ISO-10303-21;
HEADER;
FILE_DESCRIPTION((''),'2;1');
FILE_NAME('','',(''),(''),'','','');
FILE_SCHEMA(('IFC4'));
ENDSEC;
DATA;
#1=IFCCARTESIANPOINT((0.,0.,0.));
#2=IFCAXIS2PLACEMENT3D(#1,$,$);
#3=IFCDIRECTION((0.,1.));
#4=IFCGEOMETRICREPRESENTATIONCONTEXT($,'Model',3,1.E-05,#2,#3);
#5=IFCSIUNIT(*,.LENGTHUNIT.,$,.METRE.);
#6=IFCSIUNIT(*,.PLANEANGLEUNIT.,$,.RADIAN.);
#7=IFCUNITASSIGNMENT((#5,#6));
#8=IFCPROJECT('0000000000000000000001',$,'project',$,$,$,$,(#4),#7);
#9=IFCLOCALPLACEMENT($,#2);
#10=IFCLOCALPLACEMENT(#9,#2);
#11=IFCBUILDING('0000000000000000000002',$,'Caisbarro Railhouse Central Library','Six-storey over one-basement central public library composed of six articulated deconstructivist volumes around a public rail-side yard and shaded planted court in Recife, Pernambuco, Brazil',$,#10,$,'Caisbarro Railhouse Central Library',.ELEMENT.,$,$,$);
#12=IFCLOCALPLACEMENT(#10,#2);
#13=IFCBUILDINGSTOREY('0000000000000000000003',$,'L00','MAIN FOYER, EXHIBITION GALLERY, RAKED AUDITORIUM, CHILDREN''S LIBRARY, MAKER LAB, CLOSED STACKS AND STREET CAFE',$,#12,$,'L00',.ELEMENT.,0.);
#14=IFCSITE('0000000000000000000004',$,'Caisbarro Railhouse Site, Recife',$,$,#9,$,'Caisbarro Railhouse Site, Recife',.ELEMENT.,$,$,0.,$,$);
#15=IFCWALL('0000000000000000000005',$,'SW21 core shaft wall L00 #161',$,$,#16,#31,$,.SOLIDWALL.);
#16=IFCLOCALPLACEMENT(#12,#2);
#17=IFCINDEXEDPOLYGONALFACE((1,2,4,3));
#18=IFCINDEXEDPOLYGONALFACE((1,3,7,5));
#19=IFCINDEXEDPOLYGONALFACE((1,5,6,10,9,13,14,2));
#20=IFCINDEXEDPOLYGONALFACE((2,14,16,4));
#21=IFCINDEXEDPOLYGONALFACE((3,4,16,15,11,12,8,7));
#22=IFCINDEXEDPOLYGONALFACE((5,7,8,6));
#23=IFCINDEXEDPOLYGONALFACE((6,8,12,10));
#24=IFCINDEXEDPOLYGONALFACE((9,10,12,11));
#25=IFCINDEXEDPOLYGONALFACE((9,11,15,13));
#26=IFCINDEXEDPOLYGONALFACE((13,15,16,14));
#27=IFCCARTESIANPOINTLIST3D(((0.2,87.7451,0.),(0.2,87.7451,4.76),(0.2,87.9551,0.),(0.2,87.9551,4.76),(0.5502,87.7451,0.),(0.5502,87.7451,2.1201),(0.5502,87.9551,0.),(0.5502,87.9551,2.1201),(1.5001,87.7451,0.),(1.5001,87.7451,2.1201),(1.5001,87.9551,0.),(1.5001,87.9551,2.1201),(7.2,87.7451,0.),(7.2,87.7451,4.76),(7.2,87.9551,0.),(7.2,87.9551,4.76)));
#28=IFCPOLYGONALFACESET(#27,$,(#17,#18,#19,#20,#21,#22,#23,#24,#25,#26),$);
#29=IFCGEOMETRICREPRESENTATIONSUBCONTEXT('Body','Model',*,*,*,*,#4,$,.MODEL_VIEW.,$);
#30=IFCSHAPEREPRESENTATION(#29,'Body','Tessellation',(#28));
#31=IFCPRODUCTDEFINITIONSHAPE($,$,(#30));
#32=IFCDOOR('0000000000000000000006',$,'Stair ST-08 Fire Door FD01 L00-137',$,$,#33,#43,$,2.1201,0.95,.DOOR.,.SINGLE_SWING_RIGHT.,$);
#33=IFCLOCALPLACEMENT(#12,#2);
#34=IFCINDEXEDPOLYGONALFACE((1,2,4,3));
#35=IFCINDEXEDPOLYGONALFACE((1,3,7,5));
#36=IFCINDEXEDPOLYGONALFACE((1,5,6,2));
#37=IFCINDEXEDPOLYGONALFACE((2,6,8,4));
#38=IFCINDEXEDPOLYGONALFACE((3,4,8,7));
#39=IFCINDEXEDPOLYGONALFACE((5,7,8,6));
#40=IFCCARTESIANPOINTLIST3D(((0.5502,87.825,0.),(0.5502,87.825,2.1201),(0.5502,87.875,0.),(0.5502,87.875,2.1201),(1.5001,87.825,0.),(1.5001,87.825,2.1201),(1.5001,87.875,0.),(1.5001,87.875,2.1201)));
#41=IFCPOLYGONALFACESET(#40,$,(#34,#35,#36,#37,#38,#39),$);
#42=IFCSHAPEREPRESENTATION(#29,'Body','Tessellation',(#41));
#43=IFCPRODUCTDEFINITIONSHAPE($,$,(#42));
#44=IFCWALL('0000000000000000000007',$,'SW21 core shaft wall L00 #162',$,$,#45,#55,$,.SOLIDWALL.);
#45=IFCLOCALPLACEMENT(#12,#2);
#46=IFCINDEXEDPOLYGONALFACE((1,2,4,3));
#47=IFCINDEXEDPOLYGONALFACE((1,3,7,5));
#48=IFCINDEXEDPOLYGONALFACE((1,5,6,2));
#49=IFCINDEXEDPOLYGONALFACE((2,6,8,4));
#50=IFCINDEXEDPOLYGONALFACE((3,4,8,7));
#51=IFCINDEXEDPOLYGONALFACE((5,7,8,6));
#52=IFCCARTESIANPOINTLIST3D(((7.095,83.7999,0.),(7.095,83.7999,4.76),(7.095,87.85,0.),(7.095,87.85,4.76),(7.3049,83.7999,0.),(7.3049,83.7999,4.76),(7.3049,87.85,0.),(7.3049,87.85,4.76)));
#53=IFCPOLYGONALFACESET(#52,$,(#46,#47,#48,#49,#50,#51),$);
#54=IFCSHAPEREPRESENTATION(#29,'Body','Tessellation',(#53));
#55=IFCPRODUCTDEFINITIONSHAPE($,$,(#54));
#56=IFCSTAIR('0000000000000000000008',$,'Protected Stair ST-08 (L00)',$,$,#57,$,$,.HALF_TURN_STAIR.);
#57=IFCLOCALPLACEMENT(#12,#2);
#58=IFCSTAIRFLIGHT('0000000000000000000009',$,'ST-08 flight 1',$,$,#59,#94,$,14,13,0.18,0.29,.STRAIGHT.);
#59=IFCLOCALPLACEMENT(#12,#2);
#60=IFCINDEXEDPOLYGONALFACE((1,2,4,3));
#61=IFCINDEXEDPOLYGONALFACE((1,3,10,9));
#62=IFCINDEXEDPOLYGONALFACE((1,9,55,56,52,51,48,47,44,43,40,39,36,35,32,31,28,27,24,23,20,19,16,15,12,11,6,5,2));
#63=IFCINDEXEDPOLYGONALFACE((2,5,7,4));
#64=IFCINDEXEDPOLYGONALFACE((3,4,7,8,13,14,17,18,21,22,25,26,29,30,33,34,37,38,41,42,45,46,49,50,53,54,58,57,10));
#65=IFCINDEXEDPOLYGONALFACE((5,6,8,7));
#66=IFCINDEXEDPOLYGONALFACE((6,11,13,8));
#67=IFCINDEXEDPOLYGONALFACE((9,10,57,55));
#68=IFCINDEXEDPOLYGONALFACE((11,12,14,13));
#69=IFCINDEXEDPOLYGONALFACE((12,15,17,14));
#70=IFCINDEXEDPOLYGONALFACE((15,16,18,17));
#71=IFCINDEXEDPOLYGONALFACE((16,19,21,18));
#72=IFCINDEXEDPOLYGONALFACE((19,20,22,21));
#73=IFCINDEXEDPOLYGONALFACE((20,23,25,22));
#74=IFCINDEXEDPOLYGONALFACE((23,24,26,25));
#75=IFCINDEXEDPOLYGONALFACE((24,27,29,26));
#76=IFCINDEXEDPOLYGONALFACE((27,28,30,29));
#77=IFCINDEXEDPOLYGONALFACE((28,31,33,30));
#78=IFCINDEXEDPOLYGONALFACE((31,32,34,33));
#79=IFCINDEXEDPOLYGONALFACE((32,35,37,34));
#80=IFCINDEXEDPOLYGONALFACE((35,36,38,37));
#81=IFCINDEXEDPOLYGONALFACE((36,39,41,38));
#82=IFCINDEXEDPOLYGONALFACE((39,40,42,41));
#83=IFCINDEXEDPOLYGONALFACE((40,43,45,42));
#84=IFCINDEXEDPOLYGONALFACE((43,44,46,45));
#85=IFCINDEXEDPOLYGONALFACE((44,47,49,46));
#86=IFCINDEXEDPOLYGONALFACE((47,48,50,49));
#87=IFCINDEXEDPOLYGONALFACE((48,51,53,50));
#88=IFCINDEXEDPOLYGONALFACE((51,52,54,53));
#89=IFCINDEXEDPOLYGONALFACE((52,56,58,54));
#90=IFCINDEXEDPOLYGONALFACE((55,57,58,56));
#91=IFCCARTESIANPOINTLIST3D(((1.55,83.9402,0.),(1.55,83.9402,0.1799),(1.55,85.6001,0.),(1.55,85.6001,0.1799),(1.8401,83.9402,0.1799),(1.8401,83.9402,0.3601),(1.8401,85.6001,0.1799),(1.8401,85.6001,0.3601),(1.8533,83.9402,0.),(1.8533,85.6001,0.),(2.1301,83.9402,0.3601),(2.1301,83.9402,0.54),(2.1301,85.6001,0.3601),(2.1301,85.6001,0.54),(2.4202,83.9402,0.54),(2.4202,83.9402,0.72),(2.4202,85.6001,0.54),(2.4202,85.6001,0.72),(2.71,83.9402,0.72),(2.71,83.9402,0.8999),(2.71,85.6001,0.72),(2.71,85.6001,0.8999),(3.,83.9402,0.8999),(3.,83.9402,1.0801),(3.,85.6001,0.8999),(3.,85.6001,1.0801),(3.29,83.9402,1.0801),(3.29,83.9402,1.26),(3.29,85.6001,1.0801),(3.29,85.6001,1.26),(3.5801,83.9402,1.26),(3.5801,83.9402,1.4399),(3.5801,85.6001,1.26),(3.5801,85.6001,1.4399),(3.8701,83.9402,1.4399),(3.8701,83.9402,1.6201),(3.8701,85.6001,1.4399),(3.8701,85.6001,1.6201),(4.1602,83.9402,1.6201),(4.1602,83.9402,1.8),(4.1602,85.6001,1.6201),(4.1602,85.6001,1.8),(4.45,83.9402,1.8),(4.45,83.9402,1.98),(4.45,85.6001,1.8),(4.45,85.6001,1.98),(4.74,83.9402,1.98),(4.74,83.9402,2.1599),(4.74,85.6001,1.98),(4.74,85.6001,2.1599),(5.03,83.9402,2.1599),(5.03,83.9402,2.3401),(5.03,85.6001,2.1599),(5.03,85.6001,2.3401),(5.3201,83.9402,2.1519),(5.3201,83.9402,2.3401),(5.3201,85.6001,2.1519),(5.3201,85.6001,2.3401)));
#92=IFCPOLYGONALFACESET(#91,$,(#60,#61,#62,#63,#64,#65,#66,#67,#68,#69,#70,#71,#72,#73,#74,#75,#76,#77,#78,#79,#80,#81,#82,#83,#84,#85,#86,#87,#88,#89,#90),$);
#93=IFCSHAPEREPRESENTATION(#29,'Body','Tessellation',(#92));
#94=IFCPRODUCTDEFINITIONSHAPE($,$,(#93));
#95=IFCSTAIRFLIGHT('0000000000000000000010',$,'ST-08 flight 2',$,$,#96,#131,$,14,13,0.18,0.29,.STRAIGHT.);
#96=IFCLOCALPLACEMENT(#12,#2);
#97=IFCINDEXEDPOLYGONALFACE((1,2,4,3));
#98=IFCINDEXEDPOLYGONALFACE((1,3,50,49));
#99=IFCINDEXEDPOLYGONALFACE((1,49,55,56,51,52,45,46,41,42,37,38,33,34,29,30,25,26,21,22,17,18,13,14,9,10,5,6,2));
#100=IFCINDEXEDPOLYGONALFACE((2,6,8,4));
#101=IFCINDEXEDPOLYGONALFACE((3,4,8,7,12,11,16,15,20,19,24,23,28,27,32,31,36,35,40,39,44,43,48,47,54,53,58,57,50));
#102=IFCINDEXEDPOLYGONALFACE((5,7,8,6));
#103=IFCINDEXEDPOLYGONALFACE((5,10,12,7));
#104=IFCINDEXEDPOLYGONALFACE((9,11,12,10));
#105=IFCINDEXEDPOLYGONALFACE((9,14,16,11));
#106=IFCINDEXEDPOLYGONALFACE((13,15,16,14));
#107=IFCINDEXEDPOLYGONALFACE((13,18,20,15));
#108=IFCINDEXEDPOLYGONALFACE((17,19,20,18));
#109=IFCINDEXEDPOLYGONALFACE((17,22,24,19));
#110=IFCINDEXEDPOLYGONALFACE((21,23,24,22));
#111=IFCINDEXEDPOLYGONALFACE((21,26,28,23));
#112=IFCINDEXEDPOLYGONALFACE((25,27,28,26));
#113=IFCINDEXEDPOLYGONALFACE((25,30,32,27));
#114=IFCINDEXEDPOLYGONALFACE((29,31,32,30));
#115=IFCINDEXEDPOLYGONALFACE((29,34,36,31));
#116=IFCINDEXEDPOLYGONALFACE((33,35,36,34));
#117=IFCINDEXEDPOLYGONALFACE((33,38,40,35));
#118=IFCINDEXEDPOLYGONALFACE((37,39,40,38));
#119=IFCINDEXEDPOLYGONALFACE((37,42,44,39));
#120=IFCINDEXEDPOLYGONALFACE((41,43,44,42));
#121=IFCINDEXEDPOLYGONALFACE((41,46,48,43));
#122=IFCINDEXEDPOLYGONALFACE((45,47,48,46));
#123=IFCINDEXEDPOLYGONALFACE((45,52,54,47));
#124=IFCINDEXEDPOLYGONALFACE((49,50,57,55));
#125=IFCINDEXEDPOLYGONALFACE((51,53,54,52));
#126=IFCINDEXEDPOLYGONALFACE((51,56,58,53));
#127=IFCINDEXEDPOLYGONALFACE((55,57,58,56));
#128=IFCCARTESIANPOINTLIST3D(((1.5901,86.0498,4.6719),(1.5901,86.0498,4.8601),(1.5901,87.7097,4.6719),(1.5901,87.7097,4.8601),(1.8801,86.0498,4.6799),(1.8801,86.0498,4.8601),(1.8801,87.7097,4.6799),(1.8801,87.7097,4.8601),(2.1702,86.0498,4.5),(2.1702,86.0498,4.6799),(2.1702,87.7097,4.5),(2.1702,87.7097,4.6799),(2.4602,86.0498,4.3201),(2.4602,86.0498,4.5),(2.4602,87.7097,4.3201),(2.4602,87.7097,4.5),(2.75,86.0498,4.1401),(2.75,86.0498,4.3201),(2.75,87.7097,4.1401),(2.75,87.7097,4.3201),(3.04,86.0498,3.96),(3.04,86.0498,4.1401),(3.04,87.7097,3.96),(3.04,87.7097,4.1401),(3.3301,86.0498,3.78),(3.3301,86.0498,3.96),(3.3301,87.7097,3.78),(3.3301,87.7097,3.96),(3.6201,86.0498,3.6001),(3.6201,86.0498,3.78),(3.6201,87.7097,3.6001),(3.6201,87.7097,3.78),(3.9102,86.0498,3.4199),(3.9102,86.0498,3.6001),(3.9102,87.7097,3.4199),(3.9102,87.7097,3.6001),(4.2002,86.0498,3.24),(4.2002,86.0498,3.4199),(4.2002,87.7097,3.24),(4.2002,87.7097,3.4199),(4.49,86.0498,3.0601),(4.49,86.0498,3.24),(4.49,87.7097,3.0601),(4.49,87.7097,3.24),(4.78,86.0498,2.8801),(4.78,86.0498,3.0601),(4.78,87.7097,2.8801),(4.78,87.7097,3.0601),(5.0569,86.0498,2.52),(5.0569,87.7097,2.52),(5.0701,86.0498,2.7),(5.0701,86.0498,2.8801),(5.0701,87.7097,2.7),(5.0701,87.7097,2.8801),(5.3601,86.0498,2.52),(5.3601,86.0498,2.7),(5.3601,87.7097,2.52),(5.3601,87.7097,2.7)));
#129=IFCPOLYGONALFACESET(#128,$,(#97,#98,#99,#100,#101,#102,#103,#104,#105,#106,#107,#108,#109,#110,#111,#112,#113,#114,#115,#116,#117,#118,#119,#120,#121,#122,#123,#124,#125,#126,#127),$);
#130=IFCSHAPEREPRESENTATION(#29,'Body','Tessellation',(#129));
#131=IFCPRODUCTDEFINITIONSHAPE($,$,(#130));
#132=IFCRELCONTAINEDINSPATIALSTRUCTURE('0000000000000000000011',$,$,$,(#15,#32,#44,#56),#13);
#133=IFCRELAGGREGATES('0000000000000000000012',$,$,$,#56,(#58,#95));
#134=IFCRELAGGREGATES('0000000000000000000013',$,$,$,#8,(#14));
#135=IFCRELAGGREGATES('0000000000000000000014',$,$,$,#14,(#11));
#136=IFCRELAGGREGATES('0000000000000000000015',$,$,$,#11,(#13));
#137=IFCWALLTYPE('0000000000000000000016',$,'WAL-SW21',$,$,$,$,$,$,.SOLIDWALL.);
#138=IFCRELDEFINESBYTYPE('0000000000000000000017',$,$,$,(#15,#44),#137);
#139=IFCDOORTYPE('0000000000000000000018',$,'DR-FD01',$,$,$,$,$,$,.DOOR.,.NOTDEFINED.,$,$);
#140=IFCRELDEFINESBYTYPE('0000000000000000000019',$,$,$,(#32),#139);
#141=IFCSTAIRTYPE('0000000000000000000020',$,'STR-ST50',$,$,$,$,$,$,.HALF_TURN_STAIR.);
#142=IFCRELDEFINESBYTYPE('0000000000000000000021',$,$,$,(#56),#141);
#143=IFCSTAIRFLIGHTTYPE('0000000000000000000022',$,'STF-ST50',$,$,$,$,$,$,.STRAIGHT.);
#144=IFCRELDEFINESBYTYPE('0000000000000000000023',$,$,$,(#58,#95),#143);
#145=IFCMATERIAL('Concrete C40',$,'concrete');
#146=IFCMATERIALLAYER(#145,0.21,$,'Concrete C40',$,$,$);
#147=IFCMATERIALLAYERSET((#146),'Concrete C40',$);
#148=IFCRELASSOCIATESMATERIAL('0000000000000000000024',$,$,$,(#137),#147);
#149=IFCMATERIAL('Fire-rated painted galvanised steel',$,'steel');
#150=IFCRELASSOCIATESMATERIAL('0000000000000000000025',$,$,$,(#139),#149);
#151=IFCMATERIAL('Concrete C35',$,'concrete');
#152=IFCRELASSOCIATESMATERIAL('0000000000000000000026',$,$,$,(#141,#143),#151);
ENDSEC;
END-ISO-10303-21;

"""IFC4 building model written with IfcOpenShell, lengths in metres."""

from ifc_helpers import new_model, si_unit, direction, frame, frame_2d, origin, place, context, subcontext, project, spatial, polyline, rectangle, outline, extrude, material, layer, layer_set, type_object, element, fill, aggregate, save


model = new_model("IFC4")

# Units and contexts
model_context = context("Model", 3, precision=1e-05, world=origin(), true_north=direction((0.0, 1.0)))
body_context = subcontext(model_context, "Body", "Model", "MODEL_VIEW")
ifc_project = project(units=[si_unit("LENGTHUNIT", "METRE"), si_unit("PLANEANGLEUNIT", "RADIAN")], contexts=[model_context])

# Site, building, storey
site_placement = place(None, origin())
site = spatial("IfcSite", under=ifc_project, at=site_placement, Name="Caisbarro Railhouse Site, Recife", LongName="Caisbarro Railhouse Site, Recife", CompositionType="ELEMENT", RefElevation=0.0)
building_placement = place(site_placement, origin())
building = spatial("IfcBuilding", under=site, at=building_placement, Name="Caisbarro Railhouse Central Library", Description="Six-storey over one-basement central public library composed of six articulated deconstructivist volumes around a public rail-side yard and shaded planted court in Recife, Pernambuco, Brazil", LongName="Caisbarro Railhouse Central Library", CompositionType="ELEMENT")
storey_placement = place(building_placement, origin())
storey = spatial("IfcBuildingStorey", under=building, at=storey_placement, Name="L00", Description="MAIN FOYER, EXHIBITION GALLERY, RAKED AUDITORIUM, CHILDREN'S LIBRARY, MAKER LAB, CLOSED STACKS AND STREET CAFE", LongName="L00", CompositionType="ELEMENT", Elevation=0.0)

# Shared definitions
ifc_material_1 = material(Name="Concrete C40", Category="concrete")

# Shared definitions
ifc_material_2 = material(Name="Fire-rated painted galvanised steel", Category="steel")

# Wall, opening, door
ifc_layer_1 = layer(ifc_material_1, 0.21, Name="Concrete C40")
ifc_layer_set_1 = layer_set([ifc_layer_1], Name="Concrete C40")
wall_type_1 = type_object("IfcWallType", Name="WAL-SW21", PredefinedType="SOLIDWALL", material=ifc_layer_set_1)
wall_1_placement = place(storey_placement, frame((0.2, 87.8501, 0.0), z_axis=(0.0, 0.0, 1.0), x_axis=(1.0, 0.0, 0.0)))
wall_1 = element("IfcWall", 1, at=wall_1_placement, inside=storey, type_object=wall_type_1, Name="SW21 core shaft wall L00 #161", PredefinedType="SOLIDWALL", context=body_context, shape_type="SweptSolid", body=[
    extrude(rectangle(XDim=7.0, YDim=0.21, at=frame_2d((3.5, 0.0))), origin(), (0.0, 0.0, 1.0), 4.76),
])
opening_1_placement = place(wall_1_placement, frame((0.3501, 0.0, 0.0)))
opening_1 = element("IfcOpeningElement", 2, at=opening_1_placement, cuts=wall_1, PredefinedType="OPENING", context=body_context, shape_type="SweptSolid", body=[
    extrude(rectangle(XDim=0.95, YDim=2.1201, at=frame_2d((0.4751, 1.0601))), frame((0.0, 0.115, 0.0), z_axis=(0.0, -1.0, 0.0), x_axis=(1.0, 0.0, 0.0)), (0.0, 0.0, 1.0), 0.23),
])
door_type_1 = type_object("IfcDoorType", Name="DR-FD01", OperationType="NOTDEFINED", PredefinedType="DOOR", material=ifc_material_2)
door_1_placement = place(opening_1_placement, origin())
door_1 = element("IfcDoor", 3, at=door_1_placement, inside=storey, type_object=door_type_1, Name="Stair ST-08 Fire Door FD01 L00-137", OperationType="SINGLE_SWING_RIGHT", OverallHeight=2.1201, OverallWidth=0.95, PredefinedType="DOOR", context=body_context, shape_type="SweptSolid", body=[
    extrude(rectangle(XDim=0.95, YDim=2.1201, at=frame_2d((0.4751, 1.0601))), frame((0.0, 0.0249, 0.0), z_axis=(0.0, -1.0, 0.0), x_axis=(1.0, 0.0, 0.0)), (0.0, 0.0, 1.0), 0.05),
])
fill(opening_1, door_1)

# Wall
wall_2_placement = place(storey_placement, frame((7.2, 83.8, 0.0), z_axis=(0.0, 0.0, 1.0), x_axis=(0.0, 1.0, 0.0)))
element("IfcWall", 4, at=wall_2_placement, inside=storey, type_object=wall_type_1, Name="SW21 core shaft wall L00 #162", PredefinedType="SOLIDWALL", context=body_context, shape_type="SweptSolid", body=[
    extrude(rectangle(XDim=4.05, YDim=0.21, at=frame_2d((2.0249, 0.0))), origin(), (0.0, 0.0, 1.0), 4.76),
])

# Stair, stair flights
ifc_material_3 = material(Name="Concrete C35", Category="concrete")
stair_type = type_object("IfcStairType", Name="STR-ST50", PredefinedType="HALF_TURN_STAIR", material=ifc_material_3)
stair_placement = place(storey_placement, origin())
stair = element("IfcStair", 5, at=stair_placement, inside=storey, type_object=stair_type, Name="Protected Stair ST-08 (L00)", PredefinedType="HALF_TURN_STAIR")
stair_flight_type = type_object("IfcStairFlightType", Name="STF-ST50", PredefinedType="STRAIGHT", material=ifc_material_3)
stair_flight_1_placement = place(storey_placement, frame((1.55, 84.77, 0.0), z_axis=(0.0, 0.0, 1.0), x_axis=(1.0, 0.0, 0.0)))
stair_flight_1 = element("IfcStairFlight", 6, at=stair_flight_1_placement, type_object=stair_flight_type, Name="ST-08 flight 1", NumberOfRisers=14, NumberOfTreads=13, PredefinedType="STRAIGHT", RiserHeight=0.18, TreadLength=0.29, context=body_context, shape_type="SweptSolid", body=[
    extrude(outline(polyline([(0.0, 0.0), (0.0, 0.1799), (0.29, 0.1799), (0.29, 0.3601), (0.5801, 0.3601), (0.5801, 0.54), (0.8701, 0.54), (0.8701, 0.72), (1.1599, 0.72), (1.1599, 0.8999), (1.45, 0.8999), (1.45, 1.0801), (1.74, 1.0801), (1.74, 1.26), (2.03, 1.26), (2.03, 1.4399), (2.3201, 1.4399), (2.3201, 1.6201), (2.6101, 1.6201), (2.6101, 1.8), (2.8999, 1.8), (2.8999, 1.98), (3.1899, 1.98), (3.1899, 2.1599), (3.48, 2.1599), (3.48, 2.3401), (3.77, 2.3401), (3.77, 2.52), (3.77, 2.1519), (0.3032, 0.0), (0.0, 0.0)])), frame((0.0, 0.8301, 0.0), z_axis=(0.0, -1.0, 0.0), x_axis=(1.0, 0.0, 0.0)), (0.0, 0.0, 1.0), 1.6599),
])
stair_flight_2_placement = place(storey_placement, frame((5.3601, 86.8799, 2.52), z_axis=(0.0, 0.0, 1.0), x_axis=(-1.0, 0.0, 0.0)))
stair_flight_2 = element("IfcStairFlight", 7, at=stair_flight_2_placement, type_object=stair_flight_type, Name="ST-08 flight 2", NumberOfRisers=14, NumberOfTreads=13, PredefinedType="STRAIGHT", RiserHeight=0.18, TreadLength=0.29, context=body_context, shape_type="SweptSolid", body=[
    extrude(outline(polyline([(0.0, 0.0), (0.0, 0.1799), (0.29, 0.1799), (0.29, 0.3601), (0.5801, 0.3601), (0.5801, 0.54), (0.8701, 0.54), (0.8701, 0.72), (1.1599, 0.72), (1.1599, 0.8999), (1.45, 0.8999), (1.45, 1.0801), (1.74, 1.0801), (1.74, 1.26), (2.03, 1.26), (2.03, 1.4399), (2.3201, 1.4399), (2.3201, 1.6201), (2.6101, 1.6201), (2.6101, 1.8), (2.8999, 1.8), (2.8999, 1.98), (3.1899, 1.98), (3.1899, 2.1599), (3.48, 2.1599), (3.48, 2.3401), (3.77, 2.3401), (3.77, 2.52), (3.77, 2.1519), (0.3032, 0.0), (0.0, 0.0)])), frame((0.0, 0.8301, 0.0), z_axis=(0.0, -1.0, 0.0), x_axis=(1.0, 0.0, 0.0)), (0.0, 0.0, 1.0), 1.6599),
])
aggregate(stair, [stair_flight_1, stair_flight_2])

save(model, "model.ifc")
